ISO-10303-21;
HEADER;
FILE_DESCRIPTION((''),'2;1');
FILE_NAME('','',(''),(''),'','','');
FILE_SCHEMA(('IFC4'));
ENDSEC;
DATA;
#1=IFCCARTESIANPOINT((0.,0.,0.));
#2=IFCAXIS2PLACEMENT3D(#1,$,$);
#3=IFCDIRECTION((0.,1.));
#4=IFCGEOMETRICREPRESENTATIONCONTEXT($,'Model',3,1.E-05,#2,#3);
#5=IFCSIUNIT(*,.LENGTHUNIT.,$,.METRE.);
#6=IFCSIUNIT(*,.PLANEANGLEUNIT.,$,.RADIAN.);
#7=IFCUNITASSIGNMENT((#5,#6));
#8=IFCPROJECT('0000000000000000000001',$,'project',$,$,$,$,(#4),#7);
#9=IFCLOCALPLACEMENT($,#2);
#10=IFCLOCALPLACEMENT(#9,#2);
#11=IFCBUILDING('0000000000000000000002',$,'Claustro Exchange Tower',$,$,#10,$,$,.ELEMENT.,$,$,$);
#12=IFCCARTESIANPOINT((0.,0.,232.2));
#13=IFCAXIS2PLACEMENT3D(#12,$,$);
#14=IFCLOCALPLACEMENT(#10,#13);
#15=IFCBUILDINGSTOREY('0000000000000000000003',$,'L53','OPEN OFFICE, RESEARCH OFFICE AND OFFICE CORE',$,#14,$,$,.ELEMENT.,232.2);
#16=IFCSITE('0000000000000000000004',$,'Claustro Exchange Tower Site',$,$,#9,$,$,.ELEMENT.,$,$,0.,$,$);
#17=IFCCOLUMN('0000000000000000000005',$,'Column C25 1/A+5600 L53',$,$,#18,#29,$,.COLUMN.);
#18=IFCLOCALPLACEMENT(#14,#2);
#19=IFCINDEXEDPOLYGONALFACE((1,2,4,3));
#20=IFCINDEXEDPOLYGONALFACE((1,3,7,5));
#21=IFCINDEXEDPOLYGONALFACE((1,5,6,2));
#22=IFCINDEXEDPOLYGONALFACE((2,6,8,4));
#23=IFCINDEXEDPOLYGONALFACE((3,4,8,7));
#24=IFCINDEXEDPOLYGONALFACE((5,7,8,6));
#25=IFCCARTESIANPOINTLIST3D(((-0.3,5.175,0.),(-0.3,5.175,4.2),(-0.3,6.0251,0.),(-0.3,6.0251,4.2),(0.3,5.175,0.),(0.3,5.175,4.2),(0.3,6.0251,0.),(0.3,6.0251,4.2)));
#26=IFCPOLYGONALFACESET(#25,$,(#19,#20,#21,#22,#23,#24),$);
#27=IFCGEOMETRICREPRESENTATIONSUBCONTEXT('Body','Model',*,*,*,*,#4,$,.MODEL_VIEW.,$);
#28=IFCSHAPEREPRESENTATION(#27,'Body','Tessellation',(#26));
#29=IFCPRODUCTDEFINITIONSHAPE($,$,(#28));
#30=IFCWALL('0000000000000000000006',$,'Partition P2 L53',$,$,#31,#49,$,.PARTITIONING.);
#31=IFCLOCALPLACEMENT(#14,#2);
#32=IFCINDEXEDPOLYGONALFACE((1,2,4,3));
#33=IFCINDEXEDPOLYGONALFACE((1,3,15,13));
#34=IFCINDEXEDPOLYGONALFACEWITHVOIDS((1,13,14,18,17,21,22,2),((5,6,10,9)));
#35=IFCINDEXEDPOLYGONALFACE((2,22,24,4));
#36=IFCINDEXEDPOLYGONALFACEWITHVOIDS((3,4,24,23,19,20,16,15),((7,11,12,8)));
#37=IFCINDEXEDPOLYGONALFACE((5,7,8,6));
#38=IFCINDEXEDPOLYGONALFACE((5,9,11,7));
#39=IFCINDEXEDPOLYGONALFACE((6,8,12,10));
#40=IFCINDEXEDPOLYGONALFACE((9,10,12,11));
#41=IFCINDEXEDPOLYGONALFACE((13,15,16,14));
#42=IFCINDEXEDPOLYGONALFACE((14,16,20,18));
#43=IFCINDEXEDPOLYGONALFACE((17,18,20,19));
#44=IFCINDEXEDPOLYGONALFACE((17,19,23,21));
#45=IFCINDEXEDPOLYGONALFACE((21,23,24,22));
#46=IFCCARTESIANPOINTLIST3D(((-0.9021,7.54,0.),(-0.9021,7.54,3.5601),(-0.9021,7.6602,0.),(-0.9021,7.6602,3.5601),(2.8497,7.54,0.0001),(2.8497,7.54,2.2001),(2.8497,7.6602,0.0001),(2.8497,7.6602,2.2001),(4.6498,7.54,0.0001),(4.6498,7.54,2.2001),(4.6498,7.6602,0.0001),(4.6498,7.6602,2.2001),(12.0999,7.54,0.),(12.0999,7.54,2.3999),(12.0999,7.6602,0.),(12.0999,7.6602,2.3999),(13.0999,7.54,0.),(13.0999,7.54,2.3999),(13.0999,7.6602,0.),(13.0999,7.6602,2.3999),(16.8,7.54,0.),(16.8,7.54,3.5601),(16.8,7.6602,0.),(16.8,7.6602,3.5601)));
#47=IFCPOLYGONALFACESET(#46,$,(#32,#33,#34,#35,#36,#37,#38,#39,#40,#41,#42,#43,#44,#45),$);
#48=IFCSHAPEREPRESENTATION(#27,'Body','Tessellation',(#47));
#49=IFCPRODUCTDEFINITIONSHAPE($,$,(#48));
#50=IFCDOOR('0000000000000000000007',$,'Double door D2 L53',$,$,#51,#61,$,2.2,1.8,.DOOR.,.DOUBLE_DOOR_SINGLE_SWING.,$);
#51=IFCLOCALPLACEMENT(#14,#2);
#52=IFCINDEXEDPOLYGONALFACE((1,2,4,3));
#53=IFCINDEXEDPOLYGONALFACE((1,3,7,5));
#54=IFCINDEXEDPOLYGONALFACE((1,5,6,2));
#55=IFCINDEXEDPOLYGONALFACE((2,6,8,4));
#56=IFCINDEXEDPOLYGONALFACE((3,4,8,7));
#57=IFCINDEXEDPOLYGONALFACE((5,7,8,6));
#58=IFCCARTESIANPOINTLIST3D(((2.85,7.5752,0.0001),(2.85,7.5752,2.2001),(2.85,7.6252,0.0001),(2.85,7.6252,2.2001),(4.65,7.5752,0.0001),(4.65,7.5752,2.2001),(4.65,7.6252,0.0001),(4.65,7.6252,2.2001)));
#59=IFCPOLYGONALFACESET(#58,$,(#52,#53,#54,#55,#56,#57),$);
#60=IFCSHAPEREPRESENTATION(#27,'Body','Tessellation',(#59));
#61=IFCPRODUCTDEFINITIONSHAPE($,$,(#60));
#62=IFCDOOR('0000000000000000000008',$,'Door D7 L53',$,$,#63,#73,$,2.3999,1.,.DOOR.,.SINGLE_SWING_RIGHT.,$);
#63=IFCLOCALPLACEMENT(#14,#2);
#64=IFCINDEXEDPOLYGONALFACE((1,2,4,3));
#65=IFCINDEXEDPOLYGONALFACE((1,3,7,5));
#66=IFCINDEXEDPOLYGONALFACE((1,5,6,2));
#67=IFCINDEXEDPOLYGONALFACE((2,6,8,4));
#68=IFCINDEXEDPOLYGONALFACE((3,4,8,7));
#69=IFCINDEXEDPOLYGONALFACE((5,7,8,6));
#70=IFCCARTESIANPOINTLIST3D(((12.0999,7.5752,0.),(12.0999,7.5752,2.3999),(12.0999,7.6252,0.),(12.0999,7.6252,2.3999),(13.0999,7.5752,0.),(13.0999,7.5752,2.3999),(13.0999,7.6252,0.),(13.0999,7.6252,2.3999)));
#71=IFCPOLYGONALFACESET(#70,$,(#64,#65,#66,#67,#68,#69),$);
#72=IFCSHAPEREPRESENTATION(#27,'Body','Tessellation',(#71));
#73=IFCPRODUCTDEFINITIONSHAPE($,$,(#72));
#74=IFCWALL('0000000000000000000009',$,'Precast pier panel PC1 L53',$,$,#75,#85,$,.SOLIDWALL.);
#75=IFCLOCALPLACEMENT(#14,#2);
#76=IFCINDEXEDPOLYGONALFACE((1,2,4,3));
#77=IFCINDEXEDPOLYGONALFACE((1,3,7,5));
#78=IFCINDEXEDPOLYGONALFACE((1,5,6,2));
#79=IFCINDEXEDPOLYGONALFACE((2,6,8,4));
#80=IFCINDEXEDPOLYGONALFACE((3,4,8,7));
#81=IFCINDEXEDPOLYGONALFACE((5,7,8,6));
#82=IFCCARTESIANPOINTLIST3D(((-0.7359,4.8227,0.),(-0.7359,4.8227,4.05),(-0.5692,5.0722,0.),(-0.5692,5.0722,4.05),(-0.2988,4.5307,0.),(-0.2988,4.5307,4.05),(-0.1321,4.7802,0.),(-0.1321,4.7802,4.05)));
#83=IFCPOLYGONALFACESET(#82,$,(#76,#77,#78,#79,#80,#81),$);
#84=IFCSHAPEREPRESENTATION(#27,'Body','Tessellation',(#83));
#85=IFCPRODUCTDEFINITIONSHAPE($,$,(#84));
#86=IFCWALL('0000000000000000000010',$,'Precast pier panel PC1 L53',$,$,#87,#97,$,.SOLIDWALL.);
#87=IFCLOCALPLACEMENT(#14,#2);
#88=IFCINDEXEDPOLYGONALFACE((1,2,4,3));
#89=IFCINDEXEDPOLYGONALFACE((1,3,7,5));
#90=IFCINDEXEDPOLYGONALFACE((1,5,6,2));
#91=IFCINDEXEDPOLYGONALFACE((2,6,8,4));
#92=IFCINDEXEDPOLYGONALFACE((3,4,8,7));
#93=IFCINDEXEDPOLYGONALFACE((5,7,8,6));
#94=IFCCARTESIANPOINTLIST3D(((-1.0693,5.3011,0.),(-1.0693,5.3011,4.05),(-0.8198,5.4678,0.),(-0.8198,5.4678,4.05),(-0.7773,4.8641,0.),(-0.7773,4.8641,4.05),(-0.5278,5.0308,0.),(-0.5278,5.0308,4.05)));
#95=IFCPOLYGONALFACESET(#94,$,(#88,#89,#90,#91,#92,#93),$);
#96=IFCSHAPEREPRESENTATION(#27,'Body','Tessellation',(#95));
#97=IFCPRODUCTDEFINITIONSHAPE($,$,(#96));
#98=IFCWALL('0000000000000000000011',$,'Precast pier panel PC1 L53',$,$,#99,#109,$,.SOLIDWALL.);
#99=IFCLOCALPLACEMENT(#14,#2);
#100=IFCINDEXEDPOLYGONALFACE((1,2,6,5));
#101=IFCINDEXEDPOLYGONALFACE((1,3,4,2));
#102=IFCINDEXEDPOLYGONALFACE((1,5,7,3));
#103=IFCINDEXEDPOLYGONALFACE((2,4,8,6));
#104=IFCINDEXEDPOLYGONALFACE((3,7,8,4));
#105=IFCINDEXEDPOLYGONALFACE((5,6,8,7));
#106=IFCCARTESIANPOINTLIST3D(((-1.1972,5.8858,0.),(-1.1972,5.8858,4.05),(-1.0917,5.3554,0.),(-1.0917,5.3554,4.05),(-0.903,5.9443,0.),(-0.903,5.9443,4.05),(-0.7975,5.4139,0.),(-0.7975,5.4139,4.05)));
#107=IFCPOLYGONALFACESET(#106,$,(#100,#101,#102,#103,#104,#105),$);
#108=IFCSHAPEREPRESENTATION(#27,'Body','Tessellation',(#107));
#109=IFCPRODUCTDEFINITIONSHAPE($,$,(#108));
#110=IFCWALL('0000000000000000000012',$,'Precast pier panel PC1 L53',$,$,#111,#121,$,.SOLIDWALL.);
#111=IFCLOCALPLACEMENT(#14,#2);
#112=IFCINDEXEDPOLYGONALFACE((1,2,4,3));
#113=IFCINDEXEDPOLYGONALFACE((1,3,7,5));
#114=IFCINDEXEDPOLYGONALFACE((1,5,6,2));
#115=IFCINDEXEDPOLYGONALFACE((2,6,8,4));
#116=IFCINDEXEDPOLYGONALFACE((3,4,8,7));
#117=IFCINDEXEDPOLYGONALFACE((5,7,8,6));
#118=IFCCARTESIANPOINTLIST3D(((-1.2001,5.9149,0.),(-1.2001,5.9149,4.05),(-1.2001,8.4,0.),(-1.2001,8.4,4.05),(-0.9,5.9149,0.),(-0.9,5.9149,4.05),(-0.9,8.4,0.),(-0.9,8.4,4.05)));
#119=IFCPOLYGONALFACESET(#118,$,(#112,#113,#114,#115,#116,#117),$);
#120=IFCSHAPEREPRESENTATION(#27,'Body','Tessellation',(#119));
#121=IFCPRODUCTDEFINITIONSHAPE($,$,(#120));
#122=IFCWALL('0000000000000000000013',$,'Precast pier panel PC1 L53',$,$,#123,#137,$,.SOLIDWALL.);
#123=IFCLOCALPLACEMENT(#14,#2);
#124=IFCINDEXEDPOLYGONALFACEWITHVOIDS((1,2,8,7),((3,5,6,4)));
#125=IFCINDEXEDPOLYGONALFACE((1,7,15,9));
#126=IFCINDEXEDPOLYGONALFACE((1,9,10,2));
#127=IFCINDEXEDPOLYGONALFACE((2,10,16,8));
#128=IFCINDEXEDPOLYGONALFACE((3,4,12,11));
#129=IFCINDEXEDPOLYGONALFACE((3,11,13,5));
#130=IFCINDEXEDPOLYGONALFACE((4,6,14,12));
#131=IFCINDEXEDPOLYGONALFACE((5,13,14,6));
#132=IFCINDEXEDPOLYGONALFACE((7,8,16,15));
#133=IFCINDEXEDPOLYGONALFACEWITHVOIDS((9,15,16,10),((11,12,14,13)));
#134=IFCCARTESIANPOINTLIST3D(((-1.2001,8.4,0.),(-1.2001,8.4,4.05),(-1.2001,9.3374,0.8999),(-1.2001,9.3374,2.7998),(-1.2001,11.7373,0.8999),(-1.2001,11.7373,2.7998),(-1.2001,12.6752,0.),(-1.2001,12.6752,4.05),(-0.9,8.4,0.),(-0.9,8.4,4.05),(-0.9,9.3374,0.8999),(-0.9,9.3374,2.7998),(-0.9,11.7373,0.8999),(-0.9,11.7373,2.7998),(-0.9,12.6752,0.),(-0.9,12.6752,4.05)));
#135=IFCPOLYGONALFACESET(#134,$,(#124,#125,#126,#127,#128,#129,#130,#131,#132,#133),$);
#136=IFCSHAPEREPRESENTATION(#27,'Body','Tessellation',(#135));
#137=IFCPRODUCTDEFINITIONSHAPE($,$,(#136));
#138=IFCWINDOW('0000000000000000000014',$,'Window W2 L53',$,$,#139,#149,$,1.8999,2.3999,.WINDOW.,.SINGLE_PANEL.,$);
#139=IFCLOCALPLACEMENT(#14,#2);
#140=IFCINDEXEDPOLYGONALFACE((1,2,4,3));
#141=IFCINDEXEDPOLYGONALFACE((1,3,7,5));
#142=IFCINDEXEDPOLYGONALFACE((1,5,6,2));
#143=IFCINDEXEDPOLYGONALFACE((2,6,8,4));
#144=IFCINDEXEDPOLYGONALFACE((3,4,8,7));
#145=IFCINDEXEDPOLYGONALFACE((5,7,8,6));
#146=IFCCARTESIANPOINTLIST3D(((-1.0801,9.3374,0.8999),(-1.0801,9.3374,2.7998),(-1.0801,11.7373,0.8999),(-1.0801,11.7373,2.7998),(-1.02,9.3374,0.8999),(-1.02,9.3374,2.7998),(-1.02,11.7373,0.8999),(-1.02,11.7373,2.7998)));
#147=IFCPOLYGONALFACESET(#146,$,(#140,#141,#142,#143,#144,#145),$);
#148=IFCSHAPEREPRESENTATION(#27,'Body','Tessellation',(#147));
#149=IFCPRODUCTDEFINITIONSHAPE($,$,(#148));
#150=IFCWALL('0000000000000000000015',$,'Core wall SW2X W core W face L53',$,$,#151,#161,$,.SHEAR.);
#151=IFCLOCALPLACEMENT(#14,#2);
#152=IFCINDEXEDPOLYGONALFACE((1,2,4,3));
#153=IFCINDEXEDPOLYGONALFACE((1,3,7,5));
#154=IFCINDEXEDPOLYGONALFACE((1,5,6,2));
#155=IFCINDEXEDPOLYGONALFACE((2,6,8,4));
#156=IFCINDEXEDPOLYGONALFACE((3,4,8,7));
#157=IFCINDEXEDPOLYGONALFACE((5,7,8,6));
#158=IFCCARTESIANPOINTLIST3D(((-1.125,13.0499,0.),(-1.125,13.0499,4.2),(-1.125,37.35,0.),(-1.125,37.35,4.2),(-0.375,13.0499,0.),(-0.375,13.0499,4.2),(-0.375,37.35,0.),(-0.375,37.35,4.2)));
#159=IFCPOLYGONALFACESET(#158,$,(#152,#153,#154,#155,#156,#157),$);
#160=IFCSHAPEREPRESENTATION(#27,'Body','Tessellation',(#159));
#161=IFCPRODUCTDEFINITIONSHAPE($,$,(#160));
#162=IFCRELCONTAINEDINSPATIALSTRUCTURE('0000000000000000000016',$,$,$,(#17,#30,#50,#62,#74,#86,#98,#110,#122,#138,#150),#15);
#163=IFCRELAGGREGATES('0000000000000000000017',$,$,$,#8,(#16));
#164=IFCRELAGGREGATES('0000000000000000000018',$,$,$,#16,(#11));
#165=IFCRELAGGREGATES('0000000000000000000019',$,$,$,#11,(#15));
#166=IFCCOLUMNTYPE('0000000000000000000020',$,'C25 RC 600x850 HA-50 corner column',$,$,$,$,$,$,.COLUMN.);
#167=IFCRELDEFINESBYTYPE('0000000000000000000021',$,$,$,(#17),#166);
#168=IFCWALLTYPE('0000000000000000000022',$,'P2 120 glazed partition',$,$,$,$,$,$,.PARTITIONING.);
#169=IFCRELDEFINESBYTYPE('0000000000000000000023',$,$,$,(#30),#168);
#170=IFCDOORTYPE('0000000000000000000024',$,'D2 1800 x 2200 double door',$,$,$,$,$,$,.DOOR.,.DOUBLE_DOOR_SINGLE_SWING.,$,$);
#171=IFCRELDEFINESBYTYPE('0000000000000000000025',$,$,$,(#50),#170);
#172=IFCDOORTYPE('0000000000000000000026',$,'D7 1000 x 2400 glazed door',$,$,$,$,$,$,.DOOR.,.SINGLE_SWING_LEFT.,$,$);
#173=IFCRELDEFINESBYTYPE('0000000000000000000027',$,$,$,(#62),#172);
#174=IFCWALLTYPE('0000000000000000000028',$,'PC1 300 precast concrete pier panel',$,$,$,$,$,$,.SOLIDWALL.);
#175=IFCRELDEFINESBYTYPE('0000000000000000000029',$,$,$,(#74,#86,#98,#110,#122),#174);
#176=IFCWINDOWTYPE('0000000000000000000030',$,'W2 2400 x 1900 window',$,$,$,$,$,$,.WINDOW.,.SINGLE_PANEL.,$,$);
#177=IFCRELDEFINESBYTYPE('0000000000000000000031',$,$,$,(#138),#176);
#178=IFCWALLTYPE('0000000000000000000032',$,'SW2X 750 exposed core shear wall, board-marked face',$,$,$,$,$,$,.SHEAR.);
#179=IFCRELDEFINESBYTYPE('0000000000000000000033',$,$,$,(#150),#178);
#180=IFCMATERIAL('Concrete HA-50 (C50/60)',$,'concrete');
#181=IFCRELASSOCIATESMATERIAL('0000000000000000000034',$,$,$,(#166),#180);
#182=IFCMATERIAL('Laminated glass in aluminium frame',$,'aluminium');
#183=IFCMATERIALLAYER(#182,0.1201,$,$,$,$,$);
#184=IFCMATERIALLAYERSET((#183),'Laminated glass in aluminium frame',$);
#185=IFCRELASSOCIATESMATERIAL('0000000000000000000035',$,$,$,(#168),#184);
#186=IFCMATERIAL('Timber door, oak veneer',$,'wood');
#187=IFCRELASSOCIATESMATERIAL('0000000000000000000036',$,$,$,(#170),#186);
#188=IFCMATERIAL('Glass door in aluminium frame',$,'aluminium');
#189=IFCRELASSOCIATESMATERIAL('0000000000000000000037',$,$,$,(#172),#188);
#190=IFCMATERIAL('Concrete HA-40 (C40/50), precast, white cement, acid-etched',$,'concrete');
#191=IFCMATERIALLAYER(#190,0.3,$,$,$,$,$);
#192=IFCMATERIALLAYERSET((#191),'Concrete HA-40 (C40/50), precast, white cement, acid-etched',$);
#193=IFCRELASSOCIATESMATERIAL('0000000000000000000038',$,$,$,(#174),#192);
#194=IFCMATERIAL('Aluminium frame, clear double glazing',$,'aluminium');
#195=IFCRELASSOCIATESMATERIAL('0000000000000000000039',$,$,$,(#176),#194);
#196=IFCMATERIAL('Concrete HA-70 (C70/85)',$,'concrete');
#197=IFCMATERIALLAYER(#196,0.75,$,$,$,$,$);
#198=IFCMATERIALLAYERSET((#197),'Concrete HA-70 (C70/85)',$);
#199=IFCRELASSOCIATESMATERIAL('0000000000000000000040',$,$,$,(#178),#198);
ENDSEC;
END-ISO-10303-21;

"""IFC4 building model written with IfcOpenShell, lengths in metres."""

from ifc_helpers import new_model, si_unit, direction, frame, frame_2d, origin, origin_2d, place, context, subcontext, project, spatial, rectangle, extrude, material, layer, layer_set, material_profile, profile_set, type_object, element, fill, save


model = new_model("IFC4")

# Units and contexts
model_context = context("Model", 3, precision=1e-05, world=origin(), true_north=direction((0.0, 1.0)))
body_context = subcontext(model_context, "Body", "Model", "MODEL_VIEW")
ifc_project = project(units=[si_unit("LENGTHUNIT", "METRE"), si_unit("PLANEANGLEUNIT", "RADIAN")], contexts=[model_context])

# Site, building, storey
site_placement = place(None, origin())
site = spatial("IfcSite", under=ifc_project, at=site_placement, Name="Claustro Exchange Tower Site", CompositionType="ELEMENT", RefElevation=0.0)
building_placement = place(site_placement, origin())
building = spatial("IfcBuilding", under=site, at=building_placement, Name="Claustro Exchange Tower", CompositionType="ELEMENT")
storey_placement = place(building_placement, frame((0.0, 0.0, 232.2)))
storey = spatial("IfcBuildingStorey", under=building, at=storey_placement, Name="L53", Description="OPEN OFFICE, RESEARCH OFFICE AND OFFICE CORE", CompositionType="ELEMENT", Elevation=232.2)

# Column
ifc_material_1 = material(Name="Concrete HA-50 (C50/60)", Category="concrete")
ifc_material_profile = material_profile(ifc_material_1, rectangle(XDim=0.6001, YDim=0.8501, at=origin_2d()), Name="RC 600x850")
ifc_profile_set = profile_set([ifc_material_profile], Name="Concrete HA-50 (C50/60)")
column_type = type_object("IfcColumnType", Name="C25 RC 600x850 HA-50 corner column", PredefinedType="COLUMN", material=ifc_profile_set)
column_placement = place(storey_placement, frame((0.0, 5.6001, 0.0), z_axis=(0.0, 0.0, 1.0), x_axis=(1.0, 0.0, 0.0)))
element("IfcColumn", 1, at=column_placement, inside=storey, type_object=column_type, Name="Column C25 1/A+5600 L53", PredefinedType="COLUMN", context=body_context, shape_type="SweptSolid", body=[
    extrude(rectangle(XDim=0.6001, YDim=0.8501, at=origin_2d()), origin(), (0.0, 0.0, 1.0), 4.2),
])

# Wall, openings, doors
ifc_material_2 = material(Name="Laminated glass in aluminium frame", Category="aluminium")
ifc_layer_1 = layer(ifc_material_2, 0.1201)
ifc_layer_set_1 = layer_set([ifc_layer_1], Name="Laminated glass in aluminium frame")
wall_type_1 = type_object("IfcWallType", Name="P2 120 glazed partition", PredefinedType="PARTITIONING", material=ifc_layer_set_1)
wall_1_placement = place(storey_placement, frame((-0.9021, 7.6001, 0.0), z_axis=(0.0, 0.0, 1.0), x_axis=(1.0, 0.0, 0.0)))
wall_1 = element("IfcWall", 2, at=wall_1_placement, inside=storey, type_object=wall_type_1, Name="Partition P2 L53", PredefinedType="PARTITIONING", context=body_context, shape_type="SweptSolid", body=[
    extrude(rectangle(XDim=17.7021, YDim=0.1201, at=frame_2d((8.8511, 0.0))), origin(), (0.0, 0.0, 1.0), 3.5601),
])
opening_1_placement = place(wall_1_placement, frame((3.752, 0.0, 0.0)))
opening_1 = element("IfcOpeningElement", 3, at=opening_1_placement, cuts=wall_1, PredefinedType="OPENING", context=body_context, shape_type="SweptSolid", body=[
    extrude(rectangle(XDim=1.8, YDim=2.2, at=frame_2d((0.8999, 1.1001))), frame((0.0, 0.0701, 0.0), z_axis=(0.0, -1.0, 0.0), x_axis=(1.0, 0.0, 0.0)), (0.0, 0.0, 1.0), 0.1401),
])
opening_2_placement = place(wall_1_placement, frame((13.002, 0.0, 0.0)))
opening_2 = element("IfcOpeningElement", 4, at=opening_2_placement, cuts=wall_1, PredefinedType="OPENING", context=body_context, shape_type="SweptSolid", body=[
    extrude(rectangle(XDim=1.0, YDim=2.3999, at=frame_2d((0.5, 1.2))), frame((0.0, 0.0701, 0.0), z_axis=(0.0, -1.0, 0.0), x_axis=(1.0, 0.0, 0.0)), (0.0, 0.0, 1.0), 0.1401),
])
ifc_material_3 = material(Name="Timber door, oak veneer", Category="wood")
door_type_1 = type_object("IfcDoorType", Name="D2 1800 x 2200 double door", OperationType="DOUBLE_DOOR_SINGLE_SWING", PredefinedType="DOOR", material=ifc_material_3)
door_1_placement = place(opening_1_placement, frame((1.8, 0.0, 0.0), z_axis=(0.0, 0.0, 1.0), x_axis=(-1.0, 0.0, 0.0)))
door_1 = element("IfcDoor", 5, at=door_1_placement, inside=storey, type_object=door_type_1, Name="Double door D2 L53", OperationType="DOUBLE_DOOR_SINGLE_SWING", OverallHeight=2.2, OverallWidth=1.8, PredefinedType="DOOR", context=body_context, shape_type="SweptSolid", body=[
    extrude(rectangle(XDim=1.8, YDim=2.2, at=frame_2d((0.8999, 1.1001))), frame((0.0, 0.0249, 0.0), z_axis=(0.0, -1.0, 0.0), x_axis=(1.0, 0.0, 0.0)), (0.0, 0.0, 1.0), 0.05),
])
fill(opening_1, door_1)
ifc_material_4 = material(Name="Glass door in aluminium frame", Category="aluminium")
door_type_2 = type_object("IfcDoorType", Name="D7 1000 x 2400 glazed door", OperationType="SINGLE_SWING_LEFT", PredefinedType="DOOR", material=ifc_material_4)
door_2_placement = place(opening_2_placement, frame((1.0, 0.0, 0.0), z_axis=(0.0, 0.0, 1.0), x_axis=(-1.0, 0.0, 0.0)))
door_2 = element("IfcDoor", 6, at=door_2_placement, inside=storey, type_object=door_type_2, Name="Door D7 L53", OperationType="SINGLE_SWING_RIGHT", OverallHeight=2.3999, OverallWidth=1.0, PredefinedType="DOOR", context=body_context, shape_type="SweptSolid", body=[
    extrude(rectangle(XDim=1.0, YDim=2.3999, at=frame_2d((0.5, 1.2))), frame((0.0, 0.0249, 0.0), z_axis=(0.0, -1.0, 0.0), x_axis=(1.0, 0.0, 0.0)), (0.0, 0.0, 1.0), 0.05),
])
fill(opening_2, door_2)

# Walls
ifc_material_5 = material(Name="Concrete HA-40 (C40/50), precast, white cement, acid-etched", Category="concrete")
ifc_layer_2 = layer(ifc_material_5, 0.3)
ifc_layer_set_2 = layer_set([ifc_layer_2], Name="Concrete HA-40 (C40/50), precast, white cement, acid-etched")
wall_type_2 = type_object("IfcWallType", Name="PC1 300 precast concrete pier panel", PredefinedType="SOLIDWALL", material=ifc_layer_set_2)
for number, where, z_axis, x_axis, name in (
    (7, (-0.2156, 4.6555, 0.0), (0.0, 0.0, 1.0), (-0.831478, 0.555557, 0.0), "Precast pier panel PC1 L53"),
    (8, (-0.6526, 4.9475, 0.0), (0.0, 0.0, 1.0), (-0.555557, 0.831478, 0.0), "Precast pier panel PC1 L53"),
):
    element("IfcWall", number, at=place(storey_placement, frame(where, z_axis=z_axis, x_axis=x_axis)), inside=storey, type_object=wall_type_2, Name=name, PredefinedType="SOLIDWALL", context=body_context, shape_type="SweptSolid", body=[
        extrude(rectangle(XDim=0.5256, YDim=0.3, at=frame_2d((0.2627, 0.0))), origin(), (0.0, 0.0, 1.0), 4.05),
    ])
wall_2_placement = place(storey_placement, frame((-0.9446, 5.3845, 0.0), z_axis=(0.0, 0.0, 1.0), x_axis=(-0.195074, 0.980789, 0.0)))
element("IfcWall", 9, at=wall_2_placement, inside=storey, type_object=wall_type_2, Name="Precast pier panel PC1 L53", PredefinedType="SOLIDWALL", context=body_context, shape_type="SweptSolid", body=[
    extrude(rectangle(XDim=0.5408, YDim=0.3, at=frame_2d((0.2705, 0.0))), origin(), (0.0, 0.0, 1.0), 4.05),
])
wall_3_placement = place(storey_placement, frame((-1.05, 5.9148, 0.0), z_axis=(0.0, 0.0, 1.0), x_axis=(0.0, 1.0, 0.0)))
element("IfcWall", 10, at=wall_3_placement, inside=storey, type_object=wall_type_2, Name="Precast pier panel PC1 L53", PredefinedType="SOLIDWALL", context=body_context, shape_type="SweptSolid", body=[
    extrude(rectangle(XDim=2.4851, YDim=0.3, at=frame_2d((1.2427, 0.0))), origin(), (0.0, 0.0, 1.0), 4.05),
])

# Wall, opening, window
wall_4_placement = place(storey_placement, frame((-1.05, 8.3999, 0.0), z_axis=(0.0, 0.0, 1.0), x_axis=(0.0, 1.0, 0.0)))
wall_4 = element("IfcWall", 11, at=wall_4_placement, inside=storey, type_object=wall_type_2, Name="Precast pier panel PC1 L53", PredefinedType="SOLIDWALL", context=body_context, shape_type="SweptSolid", body=[
    extrude(rectangle(XDim=4.2751, YDim=0.3, at=frame_2d((2.1377, 0.0))), origin(), (0.0, 0.0, 1.0), 4.05),
])
opening_3_placement = place(wall_4_placement, frame((0.9375, 0.0, 0.8999)))
opening_3 = element("IfcOpeningElement", 12, at=opening_3_placement, cuts=wall_4, PredefinedType="OPENING", context=body_context, shape_type="SweptSolid", body=[
    extrude(rectangle(XDim=2.3999, YDim=1.8999, at=frame_2d((1.2, 0.95))), frame((0.0, 0.1599, 0.0), z_axis=(0.0, -1.0, 0.0), x_axis=(1.0, 0.0, 0.0)), (0.0, 0.0, 1.0), 0.3201),
])
ifc_material_6 = material(Name="Aluminium frame, clear double glazing", Category="aluminium")
window_type = type_object("IfcWindowType", Name="W2 2400 x 1900 window", PartitioningType="SINGLE_PANEL", PredefinedType="WINDOW", material=ifc_material_6)
window_placement = place(opening_3_placement, origin())
window = element("IfcWindow", 13, at=window_placement, inside=storey, type_object=window_type, Name="Window W2 L53", OverallHeight=1.8999, OverallWidth=2.3999, PartitioningType="SINGLE_PANEL", PredefinedType="WINDOW", context=body_context, shape_type="SweptSolid", body=[
    extrude(rectangle(XDim=2.3999, YDim=1.8999, at=frame_2d((1.2, 0.95))), frame((0.0, 0.03, 0.0), z_axis=(0.0, -1.0, 0.0), x_axis=(1.0, 0.0, 0.0)), (0.0, 0.0, 1.0), 0.0601),
])
fill(opening_3, window)

# Wall
ifc_material_7 = material(Name="Concrete HA-70 (C70/85)", Category="concrete")
ifc_layer_3 = layer(ifc_material_7, 0.75)
ifc_layer_set_3 = layer_set([ifc_layer_3], Name="Concrete HA-70 (C70/85)")
wall_type_3 = type_object("IfcWallType", Name="SW2X 750 exposed core shear wall, board-marked face", PredefinedType="SHEAR", material=ifc_layer_set_3)
wall_5_placement = place(storey_placement, frame((-0.75, 13.05, 0.0), z_axis=(0.0, 0.0, 1.0), x_axis=(0.0, 1.0, 0.0)))
element("IfcWall", 14, at=wall_5_placement, inside=storey, type_object=wall_type_3, Name="Core wall SW2X W core W face L53", PredefinedType="SHEAR", context=body_context, shape_type="SweptSolid", body=[
    extrude(rectangle(XDim=24.3, YDim=0.75, at=frame_2d((12.1499, 0.0))), origin(), (0.0, 0.0, 1.0), 4.2),
])

save(model, "model.ifc")
